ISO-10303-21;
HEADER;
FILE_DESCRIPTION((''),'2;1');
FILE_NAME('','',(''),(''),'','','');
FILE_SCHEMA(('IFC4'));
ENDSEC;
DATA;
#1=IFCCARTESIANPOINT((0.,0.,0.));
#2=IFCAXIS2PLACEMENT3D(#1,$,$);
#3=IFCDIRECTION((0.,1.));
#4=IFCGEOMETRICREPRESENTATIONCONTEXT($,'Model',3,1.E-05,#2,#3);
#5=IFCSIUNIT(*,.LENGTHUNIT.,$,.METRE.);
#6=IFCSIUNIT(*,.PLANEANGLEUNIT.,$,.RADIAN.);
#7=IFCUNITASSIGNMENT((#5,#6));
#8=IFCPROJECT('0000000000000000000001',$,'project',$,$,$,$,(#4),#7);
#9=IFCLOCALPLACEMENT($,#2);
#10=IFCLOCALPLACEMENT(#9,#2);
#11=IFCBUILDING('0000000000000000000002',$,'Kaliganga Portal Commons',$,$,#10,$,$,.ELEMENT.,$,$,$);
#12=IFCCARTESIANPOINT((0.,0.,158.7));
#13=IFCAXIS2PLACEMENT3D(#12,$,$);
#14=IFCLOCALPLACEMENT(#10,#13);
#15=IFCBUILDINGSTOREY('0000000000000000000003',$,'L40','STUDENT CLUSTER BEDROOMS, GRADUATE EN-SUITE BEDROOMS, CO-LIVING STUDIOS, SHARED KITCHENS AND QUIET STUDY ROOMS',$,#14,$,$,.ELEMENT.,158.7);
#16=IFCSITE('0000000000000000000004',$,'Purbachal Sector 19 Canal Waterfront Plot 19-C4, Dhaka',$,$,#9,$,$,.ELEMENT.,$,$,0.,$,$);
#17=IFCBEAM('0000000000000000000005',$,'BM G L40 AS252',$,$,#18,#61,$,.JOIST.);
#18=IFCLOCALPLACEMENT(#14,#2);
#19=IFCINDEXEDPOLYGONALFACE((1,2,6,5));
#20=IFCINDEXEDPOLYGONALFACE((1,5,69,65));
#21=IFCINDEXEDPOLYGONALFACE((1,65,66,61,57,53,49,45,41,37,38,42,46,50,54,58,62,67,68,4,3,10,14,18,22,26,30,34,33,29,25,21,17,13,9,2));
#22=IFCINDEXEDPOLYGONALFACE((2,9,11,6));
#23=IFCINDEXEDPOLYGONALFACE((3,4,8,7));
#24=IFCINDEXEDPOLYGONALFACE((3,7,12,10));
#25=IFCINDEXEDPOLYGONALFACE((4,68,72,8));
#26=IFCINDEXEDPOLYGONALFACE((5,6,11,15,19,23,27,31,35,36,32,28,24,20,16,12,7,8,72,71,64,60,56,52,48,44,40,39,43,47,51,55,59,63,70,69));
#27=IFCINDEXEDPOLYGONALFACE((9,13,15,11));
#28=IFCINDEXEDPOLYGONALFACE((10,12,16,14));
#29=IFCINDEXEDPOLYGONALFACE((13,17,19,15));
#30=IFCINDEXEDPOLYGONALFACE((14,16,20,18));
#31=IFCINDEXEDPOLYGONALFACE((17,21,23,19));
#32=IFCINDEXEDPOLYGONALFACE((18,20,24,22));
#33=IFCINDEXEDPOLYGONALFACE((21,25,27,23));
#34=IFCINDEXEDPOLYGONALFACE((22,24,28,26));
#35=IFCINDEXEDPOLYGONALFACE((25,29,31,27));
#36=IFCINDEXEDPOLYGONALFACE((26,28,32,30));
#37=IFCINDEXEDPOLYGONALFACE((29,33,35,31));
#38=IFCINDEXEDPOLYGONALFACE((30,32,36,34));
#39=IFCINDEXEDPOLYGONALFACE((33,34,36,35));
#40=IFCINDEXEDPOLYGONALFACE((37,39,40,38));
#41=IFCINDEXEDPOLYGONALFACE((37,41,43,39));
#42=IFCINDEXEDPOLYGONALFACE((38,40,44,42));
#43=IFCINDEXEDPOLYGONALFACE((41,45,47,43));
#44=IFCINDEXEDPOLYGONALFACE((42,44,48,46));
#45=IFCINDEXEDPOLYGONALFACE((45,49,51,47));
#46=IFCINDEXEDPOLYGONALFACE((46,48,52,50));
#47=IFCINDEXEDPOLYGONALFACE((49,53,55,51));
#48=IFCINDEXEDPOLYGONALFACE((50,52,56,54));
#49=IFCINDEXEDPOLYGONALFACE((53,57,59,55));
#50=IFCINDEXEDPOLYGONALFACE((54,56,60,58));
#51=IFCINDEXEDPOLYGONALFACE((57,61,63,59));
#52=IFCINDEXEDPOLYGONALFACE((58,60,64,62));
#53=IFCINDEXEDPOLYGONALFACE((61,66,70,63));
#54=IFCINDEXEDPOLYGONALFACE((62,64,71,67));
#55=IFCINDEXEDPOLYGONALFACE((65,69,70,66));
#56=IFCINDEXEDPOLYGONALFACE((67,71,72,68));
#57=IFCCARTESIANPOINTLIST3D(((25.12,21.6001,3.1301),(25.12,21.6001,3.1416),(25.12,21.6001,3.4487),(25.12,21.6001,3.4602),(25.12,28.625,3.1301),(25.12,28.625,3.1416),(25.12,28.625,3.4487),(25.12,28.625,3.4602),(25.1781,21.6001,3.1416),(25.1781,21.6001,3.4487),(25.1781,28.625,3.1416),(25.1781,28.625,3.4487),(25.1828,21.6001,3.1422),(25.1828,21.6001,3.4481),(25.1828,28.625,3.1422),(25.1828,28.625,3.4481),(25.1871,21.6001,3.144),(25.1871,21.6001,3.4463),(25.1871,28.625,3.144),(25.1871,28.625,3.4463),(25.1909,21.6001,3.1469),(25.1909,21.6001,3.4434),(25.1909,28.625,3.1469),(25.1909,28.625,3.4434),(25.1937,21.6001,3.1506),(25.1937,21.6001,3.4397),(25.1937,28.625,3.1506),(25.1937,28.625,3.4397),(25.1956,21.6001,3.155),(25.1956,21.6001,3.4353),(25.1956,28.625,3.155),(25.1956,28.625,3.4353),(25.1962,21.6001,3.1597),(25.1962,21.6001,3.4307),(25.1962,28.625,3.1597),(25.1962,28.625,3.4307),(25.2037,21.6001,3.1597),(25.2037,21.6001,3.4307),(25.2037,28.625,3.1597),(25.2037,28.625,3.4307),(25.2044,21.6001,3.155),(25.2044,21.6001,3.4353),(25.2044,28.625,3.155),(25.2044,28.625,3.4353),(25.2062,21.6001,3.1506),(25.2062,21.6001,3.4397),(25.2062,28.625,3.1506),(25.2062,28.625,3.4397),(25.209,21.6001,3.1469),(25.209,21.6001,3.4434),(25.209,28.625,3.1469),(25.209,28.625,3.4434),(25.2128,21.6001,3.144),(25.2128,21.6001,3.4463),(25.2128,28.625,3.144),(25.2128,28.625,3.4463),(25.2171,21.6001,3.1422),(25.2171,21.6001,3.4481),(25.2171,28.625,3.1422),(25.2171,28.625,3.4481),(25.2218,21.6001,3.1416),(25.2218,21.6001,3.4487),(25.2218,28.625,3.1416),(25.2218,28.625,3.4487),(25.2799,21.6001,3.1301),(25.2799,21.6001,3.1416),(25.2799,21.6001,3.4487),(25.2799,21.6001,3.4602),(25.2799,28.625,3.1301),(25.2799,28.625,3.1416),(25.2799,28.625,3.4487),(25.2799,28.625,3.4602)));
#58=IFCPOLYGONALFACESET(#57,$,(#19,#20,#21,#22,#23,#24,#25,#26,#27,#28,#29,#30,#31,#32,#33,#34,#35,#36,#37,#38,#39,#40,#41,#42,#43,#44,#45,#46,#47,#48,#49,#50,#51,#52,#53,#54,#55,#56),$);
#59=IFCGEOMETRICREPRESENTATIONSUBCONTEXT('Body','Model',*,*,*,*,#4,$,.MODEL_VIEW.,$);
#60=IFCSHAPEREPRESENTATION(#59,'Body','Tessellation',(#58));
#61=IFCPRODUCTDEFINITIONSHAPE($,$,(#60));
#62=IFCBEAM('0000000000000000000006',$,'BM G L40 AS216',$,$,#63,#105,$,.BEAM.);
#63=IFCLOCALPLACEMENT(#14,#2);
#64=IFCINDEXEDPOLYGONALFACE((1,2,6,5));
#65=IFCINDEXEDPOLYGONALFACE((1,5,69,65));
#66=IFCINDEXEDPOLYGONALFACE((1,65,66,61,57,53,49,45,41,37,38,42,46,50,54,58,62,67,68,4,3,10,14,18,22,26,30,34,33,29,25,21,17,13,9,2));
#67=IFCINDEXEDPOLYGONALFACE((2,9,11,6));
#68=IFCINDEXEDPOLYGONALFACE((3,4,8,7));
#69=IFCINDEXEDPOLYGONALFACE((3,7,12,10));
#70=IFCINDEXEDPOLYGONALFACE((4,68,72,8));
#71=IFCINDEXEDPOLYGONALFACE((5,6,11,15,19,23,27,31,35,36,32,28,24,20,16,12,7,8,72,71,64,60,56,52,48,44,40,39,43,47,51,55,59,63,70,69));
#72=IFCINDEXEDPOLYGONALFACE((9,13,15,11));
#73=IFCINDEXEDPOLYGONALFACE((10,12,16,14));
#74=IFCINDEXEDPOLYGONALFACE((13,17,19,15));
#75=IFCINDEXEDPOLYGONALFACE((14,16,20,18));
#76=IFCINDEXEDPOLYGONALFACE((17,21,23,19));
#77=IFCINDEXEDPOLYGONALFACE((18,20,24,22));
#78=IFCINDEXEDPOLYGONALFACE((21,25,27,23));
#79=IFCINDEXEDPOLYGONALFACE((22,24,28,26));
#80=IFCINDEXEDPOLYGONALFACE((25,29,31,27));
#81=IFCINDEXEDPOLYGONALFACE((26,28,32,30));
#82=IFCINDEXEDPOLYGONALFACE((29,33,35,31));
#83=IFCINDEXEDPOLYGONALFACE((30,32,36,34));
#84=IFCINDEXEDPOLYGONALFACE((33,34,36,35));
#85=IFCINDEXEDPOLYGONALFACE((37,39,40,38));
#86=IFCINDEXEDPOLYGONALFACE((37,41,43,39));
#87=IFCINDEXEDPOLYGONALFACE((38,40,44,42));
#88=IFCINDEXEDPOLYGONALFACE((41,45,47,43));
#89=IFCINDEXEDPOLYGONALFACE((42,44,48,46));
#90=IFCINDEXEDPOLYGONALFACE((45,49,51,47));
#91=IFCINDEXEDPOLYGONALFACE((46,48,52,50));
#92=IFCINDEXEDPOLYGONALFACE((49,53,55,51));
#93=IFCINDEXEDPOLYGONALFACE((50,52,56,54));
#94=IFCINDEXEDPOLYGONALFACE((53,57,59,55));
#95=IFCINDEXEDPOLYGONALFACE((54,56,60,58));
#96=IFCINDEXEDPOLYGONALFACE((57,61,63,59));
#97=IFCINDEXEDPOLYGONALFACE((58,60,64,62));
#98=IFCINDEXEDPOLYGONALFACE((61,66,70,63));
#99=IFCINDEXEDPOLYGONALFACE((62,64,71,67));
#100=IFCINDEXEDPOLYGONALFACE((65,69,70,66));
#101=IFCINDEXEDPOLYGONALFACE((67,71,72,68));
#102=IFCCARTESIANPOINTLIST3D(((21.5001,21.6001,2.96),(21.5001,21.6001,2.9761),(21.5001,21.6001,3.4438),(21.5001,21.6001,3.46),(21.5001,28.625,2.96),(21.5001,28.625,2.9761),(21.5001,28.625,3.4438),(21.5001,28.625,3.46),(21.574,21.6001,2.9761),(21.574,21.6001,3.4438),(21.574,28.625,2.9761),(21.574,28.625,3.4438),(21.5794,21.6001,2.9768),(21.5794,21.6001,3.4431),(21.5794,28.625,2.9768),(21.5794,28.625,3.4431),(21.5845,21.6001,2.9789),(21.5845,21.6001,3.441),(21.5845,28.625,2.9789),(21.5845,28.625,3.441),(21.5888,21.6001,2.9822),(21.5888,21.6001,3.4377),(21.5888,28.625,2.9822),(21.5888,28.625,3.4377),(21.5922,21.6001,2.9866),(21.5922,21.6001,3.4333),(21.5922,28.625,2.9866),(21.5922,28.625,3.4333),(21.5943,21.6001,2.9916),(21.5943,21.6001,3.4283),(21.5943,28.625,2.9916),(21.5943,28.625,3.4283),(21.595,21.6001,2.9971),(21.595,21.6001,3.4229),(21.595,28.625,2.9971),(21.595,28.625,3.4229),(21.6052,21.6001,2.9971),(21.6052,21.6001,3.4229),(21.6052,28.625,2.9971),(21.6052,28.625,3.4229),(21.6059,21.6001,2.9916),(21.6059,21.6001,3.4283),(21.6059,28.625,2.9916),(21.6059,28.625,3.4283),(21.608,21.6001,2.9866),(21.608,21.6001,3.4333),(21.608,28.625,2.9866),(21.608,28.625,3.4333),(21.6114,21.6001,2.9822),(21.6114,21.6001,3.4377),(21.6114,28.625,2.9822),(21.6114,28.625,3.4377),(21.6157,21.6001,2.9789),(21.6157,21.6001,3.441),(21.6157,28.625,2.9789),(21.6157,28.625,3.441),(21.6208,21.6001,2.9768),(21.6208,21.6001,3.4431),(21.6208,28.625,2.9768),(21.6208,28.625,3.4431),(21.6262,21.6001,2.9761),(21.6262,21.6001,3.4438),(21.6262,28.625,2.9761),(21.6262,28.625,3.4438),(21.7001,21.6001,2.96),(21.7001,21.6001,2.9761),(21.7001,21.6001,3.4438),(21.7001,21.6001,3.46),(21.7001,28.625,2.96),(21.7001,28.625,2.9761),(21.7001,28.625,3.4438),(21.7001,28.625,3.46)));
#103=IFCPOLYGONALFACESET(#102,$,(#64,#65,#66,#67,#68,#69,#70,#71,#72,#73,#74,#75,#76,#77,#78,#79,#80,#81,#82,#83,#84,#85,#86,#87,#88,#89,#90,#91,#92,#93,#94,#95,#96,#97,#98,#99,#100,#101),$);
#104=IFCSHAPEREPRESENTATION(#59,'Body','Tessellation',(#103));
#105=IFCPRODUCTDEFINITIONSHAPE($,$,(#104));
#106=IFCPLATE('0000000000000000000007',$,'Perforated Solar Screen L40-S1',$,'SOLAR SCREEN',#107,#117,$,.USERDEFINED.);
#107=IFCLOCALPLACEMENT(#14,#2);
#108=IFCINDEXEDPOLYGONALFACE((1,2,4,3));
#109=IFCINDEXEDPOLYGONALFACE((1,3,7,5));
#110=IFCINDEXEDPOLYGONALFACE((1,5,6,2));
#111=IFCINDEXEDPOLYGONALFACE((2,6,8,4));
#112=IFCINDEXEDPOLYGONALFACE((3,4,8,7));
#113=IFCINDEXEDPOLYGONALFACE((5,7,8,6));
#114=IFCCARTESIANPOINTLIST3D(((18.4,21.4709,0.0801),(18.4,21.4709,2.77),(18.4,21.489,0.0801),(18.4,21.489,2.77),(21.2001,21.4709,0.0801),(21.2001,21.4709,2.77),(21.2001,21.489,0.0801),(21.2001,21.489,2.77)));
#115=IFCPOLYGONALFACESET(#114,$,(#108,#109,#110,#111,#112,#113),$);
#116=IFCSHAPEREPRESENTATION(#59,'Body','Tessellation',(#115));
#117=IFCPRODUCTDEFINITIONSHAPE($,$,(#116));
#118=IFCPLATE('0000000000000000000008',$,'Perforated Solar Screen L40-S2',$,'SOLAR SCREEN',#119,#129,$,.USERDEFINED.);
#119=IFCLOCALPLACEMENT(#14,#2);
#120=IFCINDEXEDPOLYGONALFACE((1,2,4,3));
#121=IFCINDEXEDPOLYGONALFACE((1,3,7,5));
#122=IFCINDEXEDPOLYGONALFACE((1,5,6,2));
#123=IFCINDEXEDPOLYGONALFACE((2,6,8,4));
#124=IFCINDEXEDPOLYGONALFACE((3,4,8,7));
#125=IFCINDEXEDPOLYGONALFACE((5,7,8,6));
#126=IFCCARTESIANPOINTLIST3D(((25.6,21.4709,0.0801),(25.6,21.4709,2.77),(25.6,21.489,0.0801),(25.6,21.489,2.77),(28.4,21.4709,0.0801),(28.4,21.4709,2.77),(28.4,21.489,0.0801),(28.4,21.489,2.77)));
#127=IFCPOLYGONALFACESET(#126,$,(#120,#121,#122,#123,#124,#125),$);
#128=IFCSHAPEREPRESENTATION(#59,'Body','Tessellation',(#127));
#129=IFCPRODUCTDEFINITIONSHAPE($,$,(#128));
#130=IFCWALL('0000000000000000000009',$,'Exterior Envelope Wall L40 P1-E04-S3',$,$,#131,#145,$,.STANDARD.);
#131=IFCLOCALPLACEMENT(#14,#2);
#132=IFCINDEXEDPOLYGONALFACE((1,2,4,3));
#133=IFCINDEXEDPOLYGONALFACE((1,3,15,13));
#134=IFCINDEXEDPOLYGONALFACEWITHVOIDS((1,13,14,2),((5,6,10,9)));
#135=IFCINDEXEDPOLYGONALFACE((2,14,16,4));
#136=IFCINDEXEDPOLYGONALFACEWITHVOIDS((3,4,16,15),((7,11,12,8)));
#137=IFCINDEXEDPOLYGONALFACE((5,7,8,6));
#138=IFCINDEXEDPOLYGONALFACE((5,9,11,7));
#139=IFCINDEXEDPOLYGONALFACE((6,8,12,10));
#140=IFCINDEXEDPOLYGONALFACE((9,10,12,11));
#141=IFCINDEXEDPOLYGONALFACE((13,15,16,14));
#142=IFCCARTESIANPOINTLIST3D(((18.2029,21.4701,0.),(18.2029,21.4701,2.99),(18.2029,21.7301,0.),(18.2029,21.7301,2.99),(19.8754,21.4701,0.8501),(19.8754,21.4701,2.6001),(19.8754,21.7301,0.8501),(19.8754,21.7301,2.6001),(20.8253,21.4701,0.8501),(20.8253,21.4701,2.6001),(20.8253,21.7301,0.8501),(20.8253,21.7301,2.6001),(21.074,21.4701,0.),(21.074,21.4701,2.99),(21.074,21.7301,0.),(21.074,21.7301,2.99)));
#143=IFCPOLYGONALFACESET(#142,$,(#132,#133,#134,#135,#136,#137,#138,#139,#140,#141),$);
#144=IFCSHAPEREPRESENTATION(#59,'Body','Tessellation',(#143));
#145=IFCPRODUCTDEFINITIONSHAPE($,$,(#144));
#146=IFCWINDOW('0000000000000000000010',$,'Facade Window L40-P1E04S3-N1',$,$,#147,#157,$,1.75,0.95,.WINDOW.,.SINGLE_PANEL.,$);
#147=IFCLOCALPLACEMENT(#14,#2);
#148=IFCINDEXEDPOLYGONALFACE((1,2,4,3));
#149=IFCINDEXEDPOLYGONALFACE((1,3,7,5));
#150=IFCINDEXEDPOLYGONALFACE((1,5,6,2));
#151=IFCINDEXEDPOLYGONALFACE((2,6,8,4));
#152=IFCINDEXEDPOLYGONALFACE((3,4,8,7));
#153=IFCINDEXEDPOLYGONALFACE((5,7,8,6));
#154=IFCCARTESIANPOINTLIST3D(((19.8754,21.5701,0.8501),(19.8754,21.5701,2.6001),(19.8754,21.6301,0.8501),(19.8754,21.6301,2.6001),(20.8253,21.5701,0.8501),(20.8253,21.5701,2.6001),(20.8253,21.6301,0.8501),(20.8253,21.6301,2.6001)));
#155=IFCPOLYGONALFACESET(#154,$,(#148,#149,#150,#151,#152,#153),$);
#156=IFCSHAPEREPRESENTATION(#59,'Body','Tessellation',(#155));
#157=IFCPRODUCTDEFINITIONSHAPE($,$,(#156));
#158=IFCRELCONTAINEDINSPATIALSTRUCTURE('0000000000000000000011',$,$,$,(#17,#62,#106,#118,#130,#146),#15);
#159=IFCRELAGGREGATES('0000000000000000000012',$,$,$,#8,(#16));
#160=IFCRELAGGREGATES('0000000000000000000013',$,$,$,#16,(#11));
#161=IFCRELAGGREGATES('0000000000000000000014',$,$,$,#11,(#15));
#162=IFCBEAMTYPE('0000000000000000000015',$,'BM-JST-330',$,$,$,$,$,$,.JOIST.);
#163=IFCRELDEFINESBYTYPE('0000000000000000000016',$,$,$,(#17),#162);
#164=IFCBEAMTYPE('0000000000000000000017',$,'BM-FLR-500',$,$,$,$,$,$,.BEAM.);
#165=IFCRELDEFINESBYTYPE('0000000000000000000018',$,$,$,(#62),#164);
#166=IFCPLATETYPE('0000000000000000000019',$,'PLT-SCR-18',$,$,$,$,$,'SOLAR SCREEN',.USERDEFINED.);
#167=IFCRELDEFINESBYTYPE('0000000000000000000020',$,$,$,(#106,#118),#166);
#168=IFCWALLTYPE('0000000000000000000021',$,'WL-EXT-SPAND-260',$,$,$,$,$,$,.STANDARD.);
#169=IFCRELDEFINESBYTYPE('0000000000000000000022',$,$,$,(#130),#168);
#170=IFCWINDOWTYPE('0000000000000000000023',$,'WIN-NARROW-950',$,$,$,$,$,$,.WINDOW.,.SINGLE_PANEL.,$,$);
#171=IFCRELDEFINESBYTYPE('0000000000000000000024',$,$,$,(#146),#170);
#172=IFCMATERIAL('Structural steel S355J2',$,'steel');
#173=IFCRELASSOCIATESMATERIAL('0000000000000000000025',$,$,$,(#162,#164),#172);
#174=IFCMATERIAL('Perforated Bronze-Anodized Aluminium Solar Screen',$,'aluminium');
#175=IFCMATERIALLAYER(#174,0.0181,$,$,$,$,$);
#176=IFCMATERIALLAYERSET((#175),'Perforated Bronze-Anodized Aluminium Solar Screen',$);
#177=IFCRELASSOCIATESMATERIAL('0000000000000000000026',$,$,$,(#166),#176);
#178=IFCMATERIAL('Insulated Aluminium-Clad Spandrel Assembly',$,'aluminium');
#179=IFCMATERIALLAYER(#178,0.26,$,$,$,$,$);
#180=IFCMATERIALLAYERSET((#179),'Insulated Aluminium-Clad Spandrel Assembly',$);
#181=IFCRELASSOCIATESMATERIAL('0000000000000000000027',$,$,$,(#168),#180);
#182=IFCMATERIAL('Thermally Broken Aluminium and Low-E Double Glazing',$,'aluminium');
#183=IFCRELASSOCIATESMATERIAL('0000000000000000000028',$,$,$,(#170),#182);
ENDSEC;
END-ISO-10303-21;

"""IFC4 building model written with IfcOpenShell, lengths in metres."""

from ifc_helpers import new_model, si_unit, direction, frame, frame_2d, origin, origin_2d, place, context, subcontext, project, spatial, rectangle, i_section, extrude, source, transform, mapped, material, layer, layer_set, material_profile, profile_set, type_object, element, fill, save


model = new_model("IFC4")

# Units and contexts
model_context = context("Model", 3, precision=1e-05, world=origin(), true_north=direction((0.0, 1.0)))
body_context = subcontext(model_context, "Body", "Model", "MODEL_VIEW")
ifc_project = project(units=[si_unit("LENGTHUNIT", "METRE"), si_unit("PLANEANGLEUNIT", "RADIAN")], contexts=[model_context])

# Site, building, storey
site_placement = place(None, origin())
site = spatial("IfcSite", under=ifc_project, at=site_placement, Name="Purbachal Sector 19 Canal Waterfront Plot 19-C4, Dhaka", CompositionType="ELEMENT", RefElevation=0.0)
building_placement = place(site_placement, origin())
building = spatial("IfcBuilding", under=site, at=building_placement, Name="Kaliganga Portal Commons", CompositionType="ELEMENT")
storey_placement = place(building_placement, frame((0.0, 0.0, 158.7)))
storey = spatial("IfcBuildingStorey", under=building, at=storey_placement, Name="L40", Description="STUDENT CLUSTER BEDROOMS, GRADUATE EN-SUITE BEDROOMS, CO-LIVING STUDIOS, SHARED KITCHENS AND QUIET STUDY ROOMS", CompositionType="ELEMENT", Elevation=158.7)

# Beams
ifc_material_1 = material(Name="Structural steel S355J2", Category="steel")
ifc_material_profile_1 = material_profile(ifc_material_1, i_section(OverallWidth=0.1599, OverallDepth=0.3301, WebThickness=0.0076, FlangeThickness=0.0115, FilletRadius=0.0181, at=origin_2d()), Name="IPE 330")
ifc_profile_set_1 = profile_set([ifc_material_profile_1], Name="Structural steel S355J2 wide-flange")
beam_type_1 = type_object("IfcBeamType", Name="BM-JST-330", PredefinedType="JOIST", material=ifc_profile_set_1)
shared_shape_1 = source(origin(), body_context, "Body", "SweptSolid", [
    extrude(i_section(OverallWidth=0.1599, OverallDepth=0.3301, WebThickness=0.0076, FlangeThickness=0.0115, FilletRadius=0.0181, at=origin_2d()), origin(), (0.0, 0.0, 1.0), 7.0249),
])
beam_1_placement = place(storey_placement, frame((25.2, 21.6001, 3.2952), z_axis=(0.0, 1.0, 0.0), x_axis=(-1.0, 0.0, 0.0)))
element("IfcBeam", 1, at=beam_1_placement, inside=storey, type_object=beam_type_1, Name="BM G L40 AS252", PredefinedType="JOIST", context=body_context, shape_type="MappedRepresentation", body=[
    mapped(shared_shape_1, transform((0.0, 0.0, 0.0), x_axis=(1.0, 0.0, 0.0), y_axis=(0.0, 1.0, 0.0), z_axis=(0.0, 0.0, 1.0), scale=1.0)),
])
ifc_material_profile_2 = material_profile(ifc_material_1, i_section(OverallWidth=0.2, OverallDepth=0.5, WebThickness=0.0103, FlangeThickness=0.0161, FilletRadius=0.021, at=origin_2d()), Name="IPE 500")
ifc_profile_set_2 = profile_set([ifc_material_profile_2], Name="Structural steel S355J2 wide-flange")
beam_type_2 = type_object("IfcBeamType", Name="BM-FLR-500", PredefinedType="BEAM", material=ifc_profile_set_2)
shared_shape_2 = source(origin(), body_context, "Body", "SweptSolid", [
    extrude(i_section(OverallWidth=0.2, OverallDepth=0.5, WebThickness=0.0103, FlangeThickness=0.0161, FilletRadius=0.021, at=origin_2d()), origin(), (0.0, 0.0, 1.0), 7.0249),
])
beam_2_placement = place(storey_placement, frame((21.6001, 21.6001, 3.21), z_axis=(0.0, 1.0, 0.0), x_axis=(-1.0, 0.0, 0.0)))
element("IfcBeam", 2, at=beam_2_placement, inside=storey, type_object=beam_type_2, Name="BM G L40 AS216", PredefinedType="BEAM", context=body_context, shape_type="MappedRepresentation", body=[
    mapped(shared_shape_2, transform((0.0, 0.0, 0.0), x_axis=(1.0, 0.0, 0.0), y_axis=(0.0, 1.0, 0.0), z_axis=(0.0, 0.0, 1.0), scale=1.0)),
])

# Plates
ifc_material_2 = material(Name="Perforated Bronze-Anodized Aluminium Solar Screen", Category="aluminium")
ifc_layer_1 = layer(ifc_material_2, 0.0181)
ifc_layer_set_1 = layer_set([ifc_layer_1], Name="Perforated Bronze-Anodized Aluminium Solar Screen")
plate_type = type_object("IfcPlateType", Name="PLT-SCR-18", ElementType="SOLAR SCREEN", PredefinedType="USERDEFINED", material=ifc_layer_set_1)
shared_shape_3 = source(origin(), body_context, "Body", "SweptSolid", [
    extrude(rectangle(XDim=2.8, YDim=0.0181, at=origin_2d()), origin(), (0.0, 0.0, 1.0), 2.6899),
])
for number, where, z_axis, x_axis, name in (
    (3, (19.8, 21.48, 0.0801), (0.0, 0.0, 1.0), (1.0, 0.0, 0.0), "Perforated Solar Screen L40-S1"),
    (4, (27.0, 21.48, 0.0801), (0.0, 0.0, 1.0), (1.0, 0.0, 0.0), "Perforated Solar Screen L40-S2"),
):
    element("IfcPlate", number, at=place(storey_placement, frame(where, z_axis=z_axis, x_axis=x_axis)), inside=storey, type_object=plate_type, Name=name, ObjectType="SOLAR SCREEN", PredefinedType="USERDEFINED", context=body_context, shape_type="MappedRepresentation", body=[
        mapped(shared_shape_3, transform((0.0, 0.0, 0.0), x_axis=(1.0, 0.0, 0.0), y_axis=(0.0, 1.0, 0.0), z_axis=(0.0, 0.0, 1.0), scale=1.0)),
    ])

# Wall, opening, window
ifc_material_3 = material(Name="Insulated Aluminium-Clad Spandrel Assembly", Category="aluminium")
ifc_layer_2 = layer(ifc_material_3, 0.26)
ifc_layer_set_2 = layer_set([ifc_layer_2], Name="Insulated Aluminium-Clad Spandrel Assembly")
wall_type_1 = type_object("IfcWallType", Name="WL-EXT-SPAND-260", PredefinedType="STANDARD", material=ifc_layer_set_2)
wall_1_placement = place(storey_placement, frame((21.074, 21.6001, 0.0), z_axis=(0.0, 0.0, 1.0), x_axis=(-1.0, 0.0, 0.0)))
wall_1 = element("IfcWall", 5, at=wall_1_placement, inside=storey, type_object=wall_type_1, Name="Exterior Envelope Wall L40 P1-E04-S3", PredefinedType="STANDARD", context=body_context, shape_type="SweptSolid", body=[
    extrude(rectangle(XDim=2.8711, YDim=0.26, at=frame_2d((1.4355, 0.0))), origin(), (0.0, 0.0, 1.0), 2.99),
])
opening_1_placement = place(wall_1_placement, frame((0.2485, 0.0, 0.8501)))
opening_1 = element("IfcOpeningElement", 6, at=opening_1_placement, cuts=wall_1, PredefinedType="OPENING", context=body_context, shape_type="SweptSolid", body=[
    extrude(rectangle(XDim=0.95, YDim=1.75, at=frame_2d((0.4751, 0.875))), frame((0.0, 0.1401, 0.0), z_axis=(0.0, -1.0, 0.0), x_axis=(1.0, 0.0, 0.0)), (0.0, 0.0, 1.0), 0.28),
])
ifc_material_4 = material(Name="Thermally Broken Aluminium and Low-E Double Glazing", Category="aluminium")
window_type_1 = type_object("IfcWindowType", Name="WIN-NARROW-950", PartitioningType="SINGLE_PANEL", PredefinedType="WINDOW", material=ifc_material_4)
window_1_placement = place(opening_1_placement, origin())
window_1 = element("IfcWindow", 7, at=window_1_placement, inside=storey, type_object=window_type_1, Name="Facade Window L40-P1E04S3-N1", OverallHeight=1.75, OverallWidth=0.95, PartitioningType="SINGLE_PANEL", PredefinedType="WINDOW", context=body_context, shape_type="SweptSolid", body=[
    extrude(rectangle(XDim=0.95, YDim=1.75, at=frame_2d((0.4751, 0.875))), frame((0.0, 0.03, 0.0), z_axis=(0.0, -1.0, 0.0), x_axis=(1.0, 0.0, 0.0)), (0.0, 0.0, 1.0), 0.0601),
])
fill(opening_1, window_1)

save(model, "model.ifc")
